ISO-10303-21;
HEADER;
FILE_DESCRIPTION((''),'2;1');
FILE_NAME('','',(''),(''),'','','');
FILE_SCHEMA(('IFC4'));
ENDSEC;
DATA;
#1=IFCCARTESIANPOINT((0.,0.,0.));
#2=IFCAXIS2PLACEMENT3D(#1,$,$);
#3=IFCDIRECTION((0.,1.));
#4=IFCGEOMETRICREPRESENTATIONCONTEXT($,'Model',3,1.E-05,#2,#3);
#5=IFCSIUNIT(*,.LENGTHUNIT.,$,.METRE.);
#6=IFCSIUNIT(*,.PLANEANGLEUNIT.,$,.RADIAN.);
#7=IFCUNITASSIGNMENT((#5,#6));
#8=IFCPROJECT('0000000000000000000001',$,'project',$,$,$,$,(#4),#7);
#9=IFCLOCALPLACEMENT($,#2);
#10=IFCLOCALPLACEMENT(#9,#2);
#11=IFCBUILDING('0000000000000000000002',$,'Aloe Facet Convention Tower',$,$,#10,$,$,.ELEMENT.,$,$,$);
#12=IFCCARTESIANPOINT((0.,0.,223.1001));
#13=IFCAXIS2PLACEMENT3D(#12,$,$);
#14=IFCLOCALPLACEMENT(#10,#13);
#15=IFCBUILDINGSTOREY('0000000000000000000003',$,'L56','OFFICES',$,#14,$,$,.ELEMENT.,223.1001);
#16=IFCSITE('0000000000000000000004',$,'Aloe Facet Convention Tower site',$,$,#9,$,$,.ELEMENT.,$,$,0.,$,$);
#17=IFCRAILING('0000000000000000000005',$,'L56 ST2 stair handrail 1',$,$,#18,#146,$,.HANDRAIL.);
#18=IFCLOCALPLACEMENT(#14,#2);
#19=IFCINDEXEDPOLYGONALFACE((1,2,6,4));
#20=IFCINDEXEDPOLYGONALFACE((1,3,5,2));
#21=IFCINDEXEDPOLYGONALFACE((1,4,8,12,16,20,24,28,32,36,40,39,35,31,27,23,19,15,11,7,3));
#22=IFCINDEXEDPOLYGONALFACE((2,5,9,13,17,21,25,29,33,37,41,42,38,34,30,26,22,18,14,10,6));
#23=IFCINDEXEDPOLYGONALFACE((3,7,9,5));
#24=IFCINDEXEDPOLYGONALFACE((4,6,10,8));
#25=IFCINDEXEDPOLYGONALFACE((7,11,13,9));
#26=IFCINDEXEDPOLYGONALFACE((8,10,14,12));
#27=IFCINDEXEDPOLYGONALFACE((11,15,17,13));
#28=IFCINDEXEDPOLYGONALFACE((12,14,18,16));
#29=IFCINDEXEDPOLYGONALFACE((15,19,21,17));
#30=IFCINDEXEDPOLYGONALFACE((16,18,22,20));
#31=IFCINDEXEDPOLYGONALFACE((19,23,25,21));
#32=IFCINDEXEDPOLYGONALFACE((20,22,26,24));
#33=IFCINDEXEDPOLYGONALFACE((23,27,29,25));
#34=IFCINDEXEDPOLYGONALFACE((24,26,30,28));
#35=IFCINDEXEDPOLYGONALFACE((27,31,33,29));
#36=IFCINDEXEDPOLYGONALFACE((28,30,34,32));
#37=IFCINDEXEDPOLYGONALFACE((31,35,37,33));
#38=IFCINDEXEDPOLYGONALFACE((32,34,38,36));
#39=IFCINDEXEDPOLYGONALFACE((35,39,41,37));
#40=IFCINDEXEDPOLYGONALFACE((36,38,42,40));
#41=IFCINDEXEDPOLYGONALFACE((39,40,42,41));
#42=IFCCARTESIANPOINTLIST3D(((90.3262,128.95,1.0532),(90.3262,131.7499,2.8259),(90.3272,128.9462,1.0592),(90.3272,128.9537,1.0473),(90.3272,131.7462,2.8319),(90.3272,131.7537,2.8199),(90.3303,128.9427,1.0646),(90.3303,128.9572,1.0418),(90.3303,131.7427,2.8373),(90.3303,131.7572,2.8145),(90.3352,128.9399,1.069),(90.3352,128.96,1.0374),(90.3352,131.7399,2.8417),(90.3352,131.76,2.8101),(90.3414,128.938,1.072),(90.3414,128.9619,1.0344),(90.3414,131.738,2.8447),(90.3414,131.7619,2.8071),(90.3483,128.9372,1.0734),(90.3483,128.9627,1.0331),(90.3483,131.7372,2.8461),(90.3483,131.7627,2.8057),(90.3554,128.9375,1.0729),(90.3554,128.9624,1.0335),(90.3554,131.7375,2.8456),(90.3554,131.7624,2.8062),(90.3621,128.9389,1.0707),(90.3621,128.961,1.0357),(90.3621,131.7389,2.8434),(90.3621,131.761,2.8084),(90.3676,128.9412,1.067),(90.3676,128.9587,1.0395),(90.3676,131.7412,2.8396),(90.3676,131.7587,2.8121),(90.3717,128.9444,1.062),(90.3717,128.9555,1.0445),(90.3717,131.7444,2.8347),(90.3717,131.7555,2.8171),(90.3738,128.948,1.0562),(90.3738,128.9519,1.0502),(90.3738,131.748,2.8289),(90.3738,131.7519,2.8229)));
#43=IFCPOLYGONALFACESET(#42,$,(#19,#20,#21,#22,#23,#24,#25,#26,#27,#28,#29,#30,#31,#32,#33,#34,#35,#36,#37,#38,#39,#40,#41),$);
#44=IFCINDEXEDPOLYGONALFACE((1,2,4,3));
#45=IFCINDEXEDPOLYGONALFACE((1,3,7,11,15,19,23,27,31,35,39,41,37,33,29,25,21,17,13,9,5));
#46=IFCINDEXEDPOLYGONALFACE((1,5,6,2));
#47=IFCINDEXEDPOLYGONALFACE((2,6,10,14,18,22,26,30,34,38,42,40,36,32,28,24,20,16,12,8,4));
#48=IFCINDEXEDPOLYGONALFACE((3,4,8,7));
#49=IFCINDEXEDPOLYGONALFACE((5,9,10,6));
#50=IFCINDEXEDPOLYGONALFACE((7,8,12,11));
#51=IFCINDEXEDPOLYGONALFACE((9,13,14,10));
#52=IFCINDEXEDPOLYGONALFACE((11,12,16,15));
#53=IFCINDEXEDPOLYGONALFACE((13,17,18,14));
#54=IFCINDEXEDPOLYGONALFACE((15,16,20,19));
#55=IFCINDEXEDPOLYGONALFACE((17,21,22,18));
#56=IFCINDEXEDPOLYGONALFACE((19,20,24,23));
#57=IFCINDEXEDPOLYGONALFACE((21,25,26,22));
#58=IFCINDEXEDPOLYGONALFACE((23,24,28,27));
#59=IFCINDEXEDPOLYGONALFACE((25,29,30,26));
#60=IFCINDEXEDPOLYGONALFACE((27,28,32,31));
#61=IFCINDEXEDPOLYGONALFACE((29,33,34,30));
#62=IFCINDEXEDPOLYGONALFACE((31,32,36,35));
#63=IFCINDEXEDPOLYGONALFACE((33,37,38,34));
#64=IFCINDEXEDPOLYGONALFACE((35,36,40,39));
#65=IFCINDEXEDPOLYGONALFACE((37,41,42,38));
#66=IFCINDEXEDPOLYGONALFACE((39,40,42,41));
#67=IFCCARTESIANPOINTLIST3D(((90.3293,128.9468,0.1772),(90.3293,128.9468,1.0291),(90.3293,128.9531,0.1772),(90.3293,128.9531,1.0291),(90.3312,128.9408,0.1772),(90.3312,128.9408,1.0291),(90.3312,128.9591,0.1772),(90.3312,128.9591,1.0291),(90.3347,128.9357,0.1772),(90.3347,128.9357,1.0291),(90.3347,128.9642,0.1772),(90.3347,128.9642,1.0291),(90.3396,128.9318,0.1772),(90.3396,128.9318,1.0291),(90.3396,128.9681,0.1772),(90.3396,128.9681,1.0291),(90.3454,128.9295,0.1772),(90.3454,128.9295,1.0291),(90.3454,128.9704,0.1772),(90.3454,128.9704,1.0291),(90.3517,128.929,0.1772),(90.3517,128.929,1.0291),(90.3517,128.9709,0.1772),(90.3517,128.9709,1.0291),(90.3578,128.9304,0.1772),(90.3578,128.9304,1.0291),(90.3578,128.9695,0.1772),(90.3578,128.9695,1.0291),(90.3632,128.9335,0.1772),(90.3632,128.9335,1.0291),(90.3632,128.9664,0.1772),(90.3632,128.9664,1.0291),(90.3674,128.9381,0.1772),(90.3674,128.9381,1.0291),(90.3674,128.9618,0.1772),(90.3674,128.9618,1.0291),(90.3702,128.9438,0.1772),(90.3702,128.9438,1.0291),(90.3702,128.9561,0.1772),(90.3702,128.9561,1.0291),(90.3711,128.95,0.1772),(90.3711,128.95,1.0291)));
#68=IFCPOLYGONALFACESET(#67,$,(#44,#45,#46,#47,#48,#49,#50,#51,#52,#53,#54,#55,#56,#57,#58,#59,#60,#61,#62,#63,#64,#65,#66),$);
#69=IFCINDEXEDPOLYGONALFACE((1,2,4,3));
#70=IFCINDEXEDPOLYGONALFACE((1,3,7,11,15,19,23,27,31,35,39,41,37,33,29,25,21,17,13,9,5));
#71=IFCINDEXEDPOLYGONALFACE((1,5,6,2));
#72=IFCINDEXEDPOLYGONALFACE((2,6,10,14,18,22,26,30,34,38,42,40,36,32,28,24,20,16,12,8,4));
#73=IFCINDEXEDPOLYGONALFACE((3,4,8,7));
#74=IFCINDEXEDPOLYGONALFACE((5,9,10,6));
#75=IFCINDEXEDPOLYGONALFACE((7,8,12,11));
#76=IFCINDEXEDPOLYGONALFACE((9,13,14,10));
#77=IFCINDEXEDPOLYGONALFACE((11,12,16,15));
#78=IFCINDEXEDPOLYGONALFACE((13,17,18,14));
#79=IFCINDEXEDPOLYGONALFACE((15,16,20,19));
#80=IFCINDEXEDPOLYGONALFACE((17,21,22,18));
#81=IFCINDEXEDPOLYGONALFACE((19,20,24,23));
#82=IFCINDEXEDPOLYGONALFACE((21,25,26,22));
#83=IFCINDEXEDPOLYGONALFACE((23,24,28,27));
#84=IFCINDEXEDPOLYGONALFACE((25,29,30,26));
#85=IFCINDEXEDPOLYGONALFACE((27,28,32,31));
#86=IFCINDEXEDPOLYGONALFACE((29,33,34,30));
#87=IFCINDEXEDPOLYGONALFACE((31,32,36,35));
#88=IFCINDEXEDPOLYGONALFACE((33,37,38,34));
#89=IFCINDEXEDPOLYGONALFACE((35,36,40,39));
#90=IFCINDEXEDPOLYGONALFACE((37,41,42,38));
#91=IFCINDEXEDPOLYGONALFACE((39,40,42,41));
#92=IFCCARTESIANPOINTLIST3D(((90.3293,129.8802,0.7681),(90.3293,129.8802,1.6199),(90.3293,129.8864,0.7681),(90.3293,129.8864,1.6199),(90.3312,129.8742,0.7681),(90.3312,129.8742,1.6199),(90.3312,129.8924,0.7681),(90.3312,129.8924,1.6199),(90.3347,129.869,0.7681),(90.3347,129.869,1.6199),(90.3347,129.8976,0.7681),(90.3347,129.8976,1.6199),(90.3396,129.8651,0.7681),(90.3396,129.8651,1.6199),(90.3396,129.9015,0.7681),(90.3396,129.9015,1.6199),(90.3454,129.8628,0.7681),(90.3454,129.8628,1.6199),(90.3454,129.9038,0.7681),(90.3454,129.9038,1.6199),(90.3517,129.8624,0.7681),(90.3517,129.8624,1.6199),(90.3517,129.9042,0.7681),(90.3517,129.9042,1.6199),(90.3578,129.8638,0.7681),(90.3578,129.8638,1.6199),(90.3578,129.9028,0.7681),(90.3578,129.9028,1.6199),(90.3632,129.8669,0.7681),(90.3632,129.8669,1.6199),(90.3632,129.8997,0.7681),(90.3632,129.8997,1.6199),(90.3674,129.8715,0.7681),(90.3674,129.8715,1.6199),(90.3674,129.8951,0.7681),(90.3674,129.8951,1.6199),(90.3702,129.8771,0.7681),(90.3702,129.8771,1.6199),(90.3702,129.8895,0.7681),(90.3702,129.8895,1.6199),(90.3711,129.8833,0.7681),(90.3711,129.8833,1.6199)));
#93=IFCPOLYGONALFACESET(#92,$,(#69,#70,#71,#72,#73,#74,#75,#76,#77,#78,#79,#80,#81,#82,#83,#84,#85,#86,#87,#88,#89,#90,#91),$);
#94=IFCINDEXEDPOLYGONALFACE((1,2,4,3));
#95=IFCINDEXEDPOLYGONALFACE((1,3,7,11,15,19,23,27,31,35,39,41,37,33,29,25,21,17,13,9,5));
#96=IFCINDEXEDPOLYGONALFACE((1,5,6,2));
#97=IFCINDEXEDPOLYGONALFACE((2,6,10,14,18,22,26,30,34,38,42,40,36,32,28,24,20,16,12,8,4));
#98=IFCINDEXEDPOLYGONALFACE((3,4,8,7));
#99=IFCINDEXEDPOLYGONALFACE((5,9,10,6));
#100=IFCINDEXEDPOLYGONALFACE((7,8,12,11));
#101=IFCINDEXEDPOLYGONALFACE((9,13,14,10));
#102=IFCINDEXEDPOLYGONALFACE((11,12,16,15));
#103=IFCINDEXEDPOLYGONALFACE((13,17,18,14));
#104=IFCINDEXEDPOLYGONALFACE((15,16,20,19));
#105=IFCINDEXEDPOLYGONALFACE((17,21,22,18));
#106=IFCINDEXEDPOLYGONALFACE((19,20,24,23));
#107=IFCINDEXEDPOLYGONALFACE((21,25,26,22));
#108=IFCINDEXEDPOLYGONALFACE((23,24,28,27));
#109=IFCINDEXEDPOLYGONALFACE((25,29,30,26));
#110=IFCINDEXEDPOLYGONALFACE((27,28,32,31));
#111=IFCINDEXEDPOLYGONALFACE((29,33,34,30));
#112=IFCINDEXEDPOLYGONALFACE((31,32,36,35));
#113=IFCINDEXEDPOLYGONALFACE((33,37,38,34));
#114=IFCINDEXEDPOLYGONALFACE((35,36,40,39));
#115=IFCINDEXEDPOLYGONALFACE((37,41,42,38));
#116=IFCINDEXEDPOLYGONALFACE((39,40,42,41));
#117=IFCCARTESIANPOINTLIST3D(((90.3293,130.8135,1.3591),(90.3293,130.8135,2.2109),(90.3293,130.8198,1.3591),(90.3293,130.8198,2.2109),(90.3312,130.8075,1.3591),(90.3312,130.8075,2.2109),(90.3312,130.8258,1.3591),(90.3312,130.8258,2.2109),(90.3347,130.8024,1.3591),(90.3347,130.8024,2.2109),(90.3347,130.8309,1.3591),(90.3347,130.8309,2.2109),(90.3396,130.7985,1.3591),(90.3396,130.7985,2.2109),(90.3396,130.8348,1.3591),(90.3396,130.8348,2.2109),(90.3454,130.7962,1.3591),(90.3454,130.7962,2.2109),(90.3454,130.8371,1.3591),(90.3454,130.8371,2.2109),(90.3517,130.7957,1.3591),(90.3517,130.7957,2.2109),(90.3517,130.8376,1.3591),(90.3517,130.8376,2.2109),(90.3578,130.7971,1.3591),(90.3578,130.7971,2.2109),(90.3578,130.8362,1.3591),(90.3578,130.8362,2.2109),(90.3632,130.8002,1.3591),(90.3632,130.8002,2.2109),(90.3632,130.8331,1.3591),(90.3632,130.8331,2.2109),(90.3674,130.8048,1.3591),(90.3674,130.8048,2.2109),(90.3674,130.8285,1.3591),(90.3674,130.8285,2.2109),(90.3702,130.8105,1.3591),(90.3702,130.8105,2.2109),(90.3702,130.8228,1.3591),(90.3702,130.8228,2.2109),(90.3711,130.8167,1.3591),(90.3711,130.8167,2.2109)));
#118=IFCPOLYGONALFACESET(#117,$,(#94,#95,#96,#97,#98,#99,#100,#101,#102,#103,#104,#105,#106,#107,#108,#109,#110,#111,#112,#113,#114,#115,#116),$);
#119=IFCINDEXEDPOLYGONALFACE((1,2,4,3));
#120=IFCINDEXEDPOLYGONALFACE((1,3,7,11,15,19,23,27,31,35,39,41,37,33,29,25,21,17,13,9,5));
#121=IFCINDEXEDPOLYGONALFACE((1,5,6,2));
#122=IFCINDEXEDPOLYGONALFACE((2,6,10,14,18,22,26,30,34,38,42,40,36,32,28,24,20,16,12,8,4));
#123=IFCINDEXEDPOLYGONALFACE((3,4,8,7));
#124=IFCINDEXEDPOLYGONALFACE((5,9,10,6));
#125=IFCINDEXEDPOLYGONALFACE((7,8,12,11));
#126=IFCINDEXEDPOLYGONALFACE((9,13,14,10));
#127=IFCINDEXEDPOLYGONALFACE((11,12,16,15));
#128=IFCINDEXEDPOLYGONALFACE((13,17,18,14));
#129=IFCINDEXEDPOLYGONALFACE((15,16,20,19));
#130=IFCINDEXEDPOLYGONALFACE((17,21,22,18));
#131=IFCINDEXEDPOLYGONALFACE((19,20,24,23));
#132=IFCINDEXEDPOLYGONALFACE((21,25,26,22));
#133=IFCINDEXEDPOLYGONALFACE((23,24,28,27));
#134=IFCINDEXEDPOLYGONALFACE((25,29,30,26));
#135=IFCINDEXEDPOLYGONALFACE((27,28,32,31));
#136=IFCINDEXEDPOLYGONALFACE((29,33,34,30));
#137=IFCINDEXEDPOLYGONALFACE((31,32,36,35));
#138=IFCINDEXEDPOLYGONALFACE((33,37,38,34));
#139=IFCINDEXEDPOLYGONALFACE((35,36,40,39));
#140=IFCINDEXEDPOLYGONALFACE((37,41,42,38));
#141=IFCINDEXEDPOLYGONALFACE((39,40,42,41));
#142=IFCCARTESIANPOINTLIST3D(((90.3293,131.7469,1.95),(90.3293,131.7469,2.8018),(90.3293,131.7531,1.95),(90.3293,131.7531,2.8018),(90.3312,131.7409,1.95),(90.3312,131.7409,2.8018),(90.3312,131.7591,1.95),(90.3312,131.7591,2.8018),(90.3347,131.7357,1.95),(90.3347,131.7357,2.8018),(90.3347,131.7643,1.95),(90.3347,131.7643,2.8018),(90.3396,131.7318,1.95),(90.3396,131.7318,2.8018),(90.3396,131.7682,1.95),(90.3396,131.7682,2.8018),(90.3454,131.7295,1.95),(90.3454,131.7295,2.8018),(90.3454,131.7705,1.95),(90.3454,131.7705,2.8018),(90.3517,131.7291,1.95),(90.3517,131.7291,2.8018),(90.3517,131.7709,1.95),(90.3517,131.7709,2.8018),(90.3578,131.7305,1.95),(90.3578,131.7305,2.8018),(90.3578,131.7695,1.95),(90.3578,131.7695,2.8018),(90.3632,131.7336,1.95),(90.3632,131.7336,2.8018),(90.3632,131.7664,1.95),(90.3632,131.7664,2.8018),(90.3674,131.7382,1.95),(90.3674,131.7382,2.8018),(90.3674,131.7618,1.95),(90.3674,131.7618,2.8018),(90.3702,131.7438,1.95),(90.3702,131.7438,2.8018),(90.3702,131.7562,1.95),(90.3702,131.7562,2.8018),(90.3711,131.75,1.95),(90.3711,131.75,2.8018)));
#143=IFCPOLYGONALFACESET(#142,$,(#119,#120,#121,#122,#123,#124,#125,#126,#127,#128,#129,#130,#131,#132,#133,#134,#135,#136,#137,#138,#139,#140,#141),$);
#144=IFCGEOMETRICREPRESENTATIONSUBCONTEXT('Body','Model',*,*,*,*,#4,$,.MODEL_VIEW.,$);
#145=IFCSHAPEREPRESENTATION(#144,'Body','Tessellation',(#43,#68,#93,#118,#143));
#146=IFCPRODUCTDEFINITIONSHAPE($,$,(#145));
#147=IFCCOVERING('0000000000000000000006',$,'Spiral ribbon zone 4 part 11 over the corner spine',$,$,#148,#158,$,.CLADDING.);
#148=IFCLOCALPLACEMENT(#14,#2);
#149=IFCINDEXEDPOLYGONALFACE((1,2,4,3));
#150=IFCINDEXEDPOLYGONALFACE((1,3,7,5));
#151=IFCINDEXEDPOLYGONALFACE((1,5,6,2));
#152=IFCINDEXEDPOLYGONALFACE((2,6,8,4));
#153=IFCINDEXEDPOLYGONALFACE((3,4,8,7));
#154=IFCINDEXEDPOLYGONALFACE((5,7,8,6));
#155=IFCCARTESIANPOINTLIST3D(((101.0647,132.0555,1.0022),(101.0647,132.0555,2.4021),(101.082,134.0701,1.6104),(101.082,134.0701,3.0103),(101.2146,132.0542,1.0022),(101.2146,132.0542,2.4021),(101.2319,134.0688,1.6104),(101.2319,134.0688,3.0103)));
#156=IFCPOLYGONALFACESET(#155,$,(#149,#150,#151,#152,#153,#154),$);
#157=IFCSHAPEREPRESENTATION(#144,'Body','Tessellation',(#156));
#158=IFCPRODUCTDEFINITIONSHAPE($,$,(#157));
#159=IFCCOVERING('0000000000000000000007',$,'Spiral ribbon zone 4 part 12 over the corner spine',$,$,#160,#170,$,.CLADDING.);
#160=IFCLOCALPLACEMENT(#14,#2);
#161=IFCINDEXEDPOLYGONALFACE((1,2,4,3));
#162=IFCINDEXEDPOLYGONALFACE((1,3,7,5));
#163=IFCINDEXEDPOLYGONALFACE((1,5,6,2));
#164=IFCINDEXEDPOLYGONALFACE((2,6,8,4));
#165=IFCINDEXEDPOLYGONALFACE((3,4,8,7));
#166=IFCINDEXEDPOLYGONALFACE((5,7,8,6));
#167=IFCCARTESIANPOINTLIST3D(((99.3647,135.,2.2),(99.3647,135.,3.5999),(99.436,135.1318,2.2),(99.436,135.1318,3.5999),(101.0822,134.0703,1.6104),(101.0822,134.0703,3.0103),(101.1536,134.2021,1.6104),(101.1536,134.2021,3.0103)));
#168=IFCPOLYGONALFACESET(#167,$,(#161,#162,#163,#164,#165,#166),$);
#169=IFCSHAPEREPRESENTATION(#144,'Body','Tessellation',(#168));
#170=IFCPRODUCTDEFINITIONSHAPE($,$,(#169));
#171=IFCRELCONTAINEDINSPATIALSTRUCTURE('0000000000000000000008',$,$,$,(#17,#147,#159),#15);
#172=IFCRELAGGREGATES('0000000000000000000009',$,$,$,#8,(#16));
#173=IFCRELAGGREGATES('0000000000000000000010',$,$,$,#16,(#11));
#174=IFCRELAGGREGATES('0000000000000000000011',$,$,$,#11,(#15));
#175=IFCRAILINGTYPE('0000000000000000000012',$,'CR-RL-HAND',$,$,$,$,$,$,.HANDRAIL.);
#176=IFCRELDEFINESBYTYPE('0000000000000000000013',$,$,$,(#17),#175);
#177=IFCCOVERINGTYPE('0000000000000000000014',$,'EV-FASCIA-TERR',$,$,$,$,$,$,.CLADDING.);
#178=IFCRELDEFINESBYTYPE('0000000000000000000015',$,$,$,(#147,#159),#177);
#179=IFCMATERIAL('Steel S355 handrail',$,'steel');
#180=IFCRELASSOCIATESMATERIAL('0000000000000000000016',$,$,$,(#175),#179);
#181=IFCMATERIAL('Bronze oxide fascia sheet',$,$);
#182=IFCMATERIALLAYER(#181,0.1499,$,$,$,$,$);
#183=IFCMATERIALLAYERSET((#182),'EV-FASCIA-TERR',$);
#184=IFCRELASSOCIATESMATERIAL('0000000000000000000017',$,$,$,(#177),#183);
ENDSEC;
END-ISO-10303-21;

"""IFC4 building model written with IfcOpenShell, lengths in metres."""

from ifc_helpers import new_model, si_unit, direction, frame, origin, origin_2d, place, context, subcontext, project, spatial, polyline, circle, outline, extrude, material, layer, layer_set, type_object, element, save


model = new_model("IFC4")

# Units and contexts
model_context = context("Model", 3, precision=1e-05, world=origin(), true_north=direction((0.0, 1.0)))
body_context = subcontext(model_context, "Body", "Model", "MODEL_VIEW")
ifc_project = project(units=[si_unit("LENGTHUNIT", "METRE"), si_unit("PLANEANGLEUNIT", "RADIAN")], contexts=[model_context])

# Site, building, storey
site_placement = place(None, origin())
site = spatial("IfcSite", under=ifc_project, at=site_placement, Name="Aloe Facet Convention Tower site", CompositionType="ELEMENT", RefElevation=0.0)
building_placement = place(site_placement, origin())
building = spatial("IfcBuilding", under=site, at=building_placement, Name="Aloe Facet Convention Tower", CompositionType="ELEMENT")
storey_placement = place(building_placement, frame((0.0, 0.0, 223.1001)))
storey = spatial("IfcBuildingStorey", under=building, at=storey_placement, Name="L56", Description="OFFICES", CompositionType="ELEMENT", Elevation=223.1001)

# Railing
ifc_material_1 = material(Name="Steel S355 handrail", Category="steel")
railing_type_1 = type_object("IfcRailingType", Name="CR-RL-HAND", PredefinedType="HANDRAIL", material=ifc_material_1)
railing_1_placement = place(storey_placement, frame((90.3501, 128.95, 0.1772)))
element("IfcRailing", 1, at=railing_1_placement, inside=storey, type_object=railing_type_1, Name="L56 ST2 stair handrail 1", PredefinedType="HANDRAIL", context=body_context, shape_type="SweptSolid", body=[
    extrude(circle(Radius=0.0239, at=origin_2d()), frame((0.0, 0.0, 0.876), z_axis=(0.0, 0.844909, 0.53491), x_axis=(-1.0, 0.0, 0.0)), (0.0, 0.0, 1.0), 3.314),
    extrude(circle(Radius=0.021, at=origin_2d()), origin(), (0.0, 0.0, 1.0), 0.8518),
    extrude(circle(Radius=0.021, at=origin_2d()), frame((0.0, 0.9333, 0.5908)), (0.0, 0.0, 1.0), 0.8518),
    extrude(circle(Radius=0.021, at=origin_2d()), frame((0.0, 1.8667, 1.1819)), (0.0, 0.0, 1.0), 0.8518),
    extrude(circle(Radius=0.021, at=origin_2d()), frame((0.0, 2.8, 1.7727)), (0.0, 0.0, 1.0), 0.8518),
])

# Coverings
ifc_material_2 = material(Name="Bronze oxide fascia sheet")
ifc_layer_1 = layer(ifc_material_2, 0.1499)
ifc_layer_set_1 = layer_set([ifc_layer_1], Name="EV-FASCIA-TERR")
covering_type = type_object("IfcCoveringType", Name="EV-FASCIA-TERR", PredefinedType="CLADDING", material=ifc_layer_set_1)
covering_1_placement = place(storey_placement, frame((101.2146, 132.0542, 1.0022), z_axis=(0.999963, -0.008604, 0.0), x_axis=(0.008237, 0.957301, 0.288977)))
element("IfcCovering", 2, at=covering_1_placement, inside=storey, type_object=covering_type, Name="Spiral ribbon zone 4 part 11 over the corner spine", PredefinedType="CLADDING", context=body_context, shape_type="SweptSolid", body=[
    extrude(outline(polyline([(0.0, 0.0), (2.1045, 0.0), (2.509, 1.3402), (0.4045, 1.3402), (0.0, 0.0)])), origin(), (0.0, 0.0, -1.0), 0.1499),
])
covering_2_placement = place(storey_placement, frame((101.1536, 134.2021, 1.6104), z_axis=(0.476029, 0.879429, 0.0), x_axis=(-0.8419, 0.455715, 0.289011)))
element("IfcCovering", 3, at=covering_2_placement, inside=storey, type_object=covering_type, Name="Spiral ribbon zone 4 part 12 over the corner spine", PredefinedType="CLADDING", context=body_context, shape_type="SweptSolid", body=[
    extrude(outline(polyline([(0.0, 0.0), (2.0401, 0.0), (2.4446, 1.3402), (0.4046, 1.3402), (0.0, 0.0)])), origin(), (0.0, 0.0, -1.0), 0.1499),
])

save(model, "model.ifc")
